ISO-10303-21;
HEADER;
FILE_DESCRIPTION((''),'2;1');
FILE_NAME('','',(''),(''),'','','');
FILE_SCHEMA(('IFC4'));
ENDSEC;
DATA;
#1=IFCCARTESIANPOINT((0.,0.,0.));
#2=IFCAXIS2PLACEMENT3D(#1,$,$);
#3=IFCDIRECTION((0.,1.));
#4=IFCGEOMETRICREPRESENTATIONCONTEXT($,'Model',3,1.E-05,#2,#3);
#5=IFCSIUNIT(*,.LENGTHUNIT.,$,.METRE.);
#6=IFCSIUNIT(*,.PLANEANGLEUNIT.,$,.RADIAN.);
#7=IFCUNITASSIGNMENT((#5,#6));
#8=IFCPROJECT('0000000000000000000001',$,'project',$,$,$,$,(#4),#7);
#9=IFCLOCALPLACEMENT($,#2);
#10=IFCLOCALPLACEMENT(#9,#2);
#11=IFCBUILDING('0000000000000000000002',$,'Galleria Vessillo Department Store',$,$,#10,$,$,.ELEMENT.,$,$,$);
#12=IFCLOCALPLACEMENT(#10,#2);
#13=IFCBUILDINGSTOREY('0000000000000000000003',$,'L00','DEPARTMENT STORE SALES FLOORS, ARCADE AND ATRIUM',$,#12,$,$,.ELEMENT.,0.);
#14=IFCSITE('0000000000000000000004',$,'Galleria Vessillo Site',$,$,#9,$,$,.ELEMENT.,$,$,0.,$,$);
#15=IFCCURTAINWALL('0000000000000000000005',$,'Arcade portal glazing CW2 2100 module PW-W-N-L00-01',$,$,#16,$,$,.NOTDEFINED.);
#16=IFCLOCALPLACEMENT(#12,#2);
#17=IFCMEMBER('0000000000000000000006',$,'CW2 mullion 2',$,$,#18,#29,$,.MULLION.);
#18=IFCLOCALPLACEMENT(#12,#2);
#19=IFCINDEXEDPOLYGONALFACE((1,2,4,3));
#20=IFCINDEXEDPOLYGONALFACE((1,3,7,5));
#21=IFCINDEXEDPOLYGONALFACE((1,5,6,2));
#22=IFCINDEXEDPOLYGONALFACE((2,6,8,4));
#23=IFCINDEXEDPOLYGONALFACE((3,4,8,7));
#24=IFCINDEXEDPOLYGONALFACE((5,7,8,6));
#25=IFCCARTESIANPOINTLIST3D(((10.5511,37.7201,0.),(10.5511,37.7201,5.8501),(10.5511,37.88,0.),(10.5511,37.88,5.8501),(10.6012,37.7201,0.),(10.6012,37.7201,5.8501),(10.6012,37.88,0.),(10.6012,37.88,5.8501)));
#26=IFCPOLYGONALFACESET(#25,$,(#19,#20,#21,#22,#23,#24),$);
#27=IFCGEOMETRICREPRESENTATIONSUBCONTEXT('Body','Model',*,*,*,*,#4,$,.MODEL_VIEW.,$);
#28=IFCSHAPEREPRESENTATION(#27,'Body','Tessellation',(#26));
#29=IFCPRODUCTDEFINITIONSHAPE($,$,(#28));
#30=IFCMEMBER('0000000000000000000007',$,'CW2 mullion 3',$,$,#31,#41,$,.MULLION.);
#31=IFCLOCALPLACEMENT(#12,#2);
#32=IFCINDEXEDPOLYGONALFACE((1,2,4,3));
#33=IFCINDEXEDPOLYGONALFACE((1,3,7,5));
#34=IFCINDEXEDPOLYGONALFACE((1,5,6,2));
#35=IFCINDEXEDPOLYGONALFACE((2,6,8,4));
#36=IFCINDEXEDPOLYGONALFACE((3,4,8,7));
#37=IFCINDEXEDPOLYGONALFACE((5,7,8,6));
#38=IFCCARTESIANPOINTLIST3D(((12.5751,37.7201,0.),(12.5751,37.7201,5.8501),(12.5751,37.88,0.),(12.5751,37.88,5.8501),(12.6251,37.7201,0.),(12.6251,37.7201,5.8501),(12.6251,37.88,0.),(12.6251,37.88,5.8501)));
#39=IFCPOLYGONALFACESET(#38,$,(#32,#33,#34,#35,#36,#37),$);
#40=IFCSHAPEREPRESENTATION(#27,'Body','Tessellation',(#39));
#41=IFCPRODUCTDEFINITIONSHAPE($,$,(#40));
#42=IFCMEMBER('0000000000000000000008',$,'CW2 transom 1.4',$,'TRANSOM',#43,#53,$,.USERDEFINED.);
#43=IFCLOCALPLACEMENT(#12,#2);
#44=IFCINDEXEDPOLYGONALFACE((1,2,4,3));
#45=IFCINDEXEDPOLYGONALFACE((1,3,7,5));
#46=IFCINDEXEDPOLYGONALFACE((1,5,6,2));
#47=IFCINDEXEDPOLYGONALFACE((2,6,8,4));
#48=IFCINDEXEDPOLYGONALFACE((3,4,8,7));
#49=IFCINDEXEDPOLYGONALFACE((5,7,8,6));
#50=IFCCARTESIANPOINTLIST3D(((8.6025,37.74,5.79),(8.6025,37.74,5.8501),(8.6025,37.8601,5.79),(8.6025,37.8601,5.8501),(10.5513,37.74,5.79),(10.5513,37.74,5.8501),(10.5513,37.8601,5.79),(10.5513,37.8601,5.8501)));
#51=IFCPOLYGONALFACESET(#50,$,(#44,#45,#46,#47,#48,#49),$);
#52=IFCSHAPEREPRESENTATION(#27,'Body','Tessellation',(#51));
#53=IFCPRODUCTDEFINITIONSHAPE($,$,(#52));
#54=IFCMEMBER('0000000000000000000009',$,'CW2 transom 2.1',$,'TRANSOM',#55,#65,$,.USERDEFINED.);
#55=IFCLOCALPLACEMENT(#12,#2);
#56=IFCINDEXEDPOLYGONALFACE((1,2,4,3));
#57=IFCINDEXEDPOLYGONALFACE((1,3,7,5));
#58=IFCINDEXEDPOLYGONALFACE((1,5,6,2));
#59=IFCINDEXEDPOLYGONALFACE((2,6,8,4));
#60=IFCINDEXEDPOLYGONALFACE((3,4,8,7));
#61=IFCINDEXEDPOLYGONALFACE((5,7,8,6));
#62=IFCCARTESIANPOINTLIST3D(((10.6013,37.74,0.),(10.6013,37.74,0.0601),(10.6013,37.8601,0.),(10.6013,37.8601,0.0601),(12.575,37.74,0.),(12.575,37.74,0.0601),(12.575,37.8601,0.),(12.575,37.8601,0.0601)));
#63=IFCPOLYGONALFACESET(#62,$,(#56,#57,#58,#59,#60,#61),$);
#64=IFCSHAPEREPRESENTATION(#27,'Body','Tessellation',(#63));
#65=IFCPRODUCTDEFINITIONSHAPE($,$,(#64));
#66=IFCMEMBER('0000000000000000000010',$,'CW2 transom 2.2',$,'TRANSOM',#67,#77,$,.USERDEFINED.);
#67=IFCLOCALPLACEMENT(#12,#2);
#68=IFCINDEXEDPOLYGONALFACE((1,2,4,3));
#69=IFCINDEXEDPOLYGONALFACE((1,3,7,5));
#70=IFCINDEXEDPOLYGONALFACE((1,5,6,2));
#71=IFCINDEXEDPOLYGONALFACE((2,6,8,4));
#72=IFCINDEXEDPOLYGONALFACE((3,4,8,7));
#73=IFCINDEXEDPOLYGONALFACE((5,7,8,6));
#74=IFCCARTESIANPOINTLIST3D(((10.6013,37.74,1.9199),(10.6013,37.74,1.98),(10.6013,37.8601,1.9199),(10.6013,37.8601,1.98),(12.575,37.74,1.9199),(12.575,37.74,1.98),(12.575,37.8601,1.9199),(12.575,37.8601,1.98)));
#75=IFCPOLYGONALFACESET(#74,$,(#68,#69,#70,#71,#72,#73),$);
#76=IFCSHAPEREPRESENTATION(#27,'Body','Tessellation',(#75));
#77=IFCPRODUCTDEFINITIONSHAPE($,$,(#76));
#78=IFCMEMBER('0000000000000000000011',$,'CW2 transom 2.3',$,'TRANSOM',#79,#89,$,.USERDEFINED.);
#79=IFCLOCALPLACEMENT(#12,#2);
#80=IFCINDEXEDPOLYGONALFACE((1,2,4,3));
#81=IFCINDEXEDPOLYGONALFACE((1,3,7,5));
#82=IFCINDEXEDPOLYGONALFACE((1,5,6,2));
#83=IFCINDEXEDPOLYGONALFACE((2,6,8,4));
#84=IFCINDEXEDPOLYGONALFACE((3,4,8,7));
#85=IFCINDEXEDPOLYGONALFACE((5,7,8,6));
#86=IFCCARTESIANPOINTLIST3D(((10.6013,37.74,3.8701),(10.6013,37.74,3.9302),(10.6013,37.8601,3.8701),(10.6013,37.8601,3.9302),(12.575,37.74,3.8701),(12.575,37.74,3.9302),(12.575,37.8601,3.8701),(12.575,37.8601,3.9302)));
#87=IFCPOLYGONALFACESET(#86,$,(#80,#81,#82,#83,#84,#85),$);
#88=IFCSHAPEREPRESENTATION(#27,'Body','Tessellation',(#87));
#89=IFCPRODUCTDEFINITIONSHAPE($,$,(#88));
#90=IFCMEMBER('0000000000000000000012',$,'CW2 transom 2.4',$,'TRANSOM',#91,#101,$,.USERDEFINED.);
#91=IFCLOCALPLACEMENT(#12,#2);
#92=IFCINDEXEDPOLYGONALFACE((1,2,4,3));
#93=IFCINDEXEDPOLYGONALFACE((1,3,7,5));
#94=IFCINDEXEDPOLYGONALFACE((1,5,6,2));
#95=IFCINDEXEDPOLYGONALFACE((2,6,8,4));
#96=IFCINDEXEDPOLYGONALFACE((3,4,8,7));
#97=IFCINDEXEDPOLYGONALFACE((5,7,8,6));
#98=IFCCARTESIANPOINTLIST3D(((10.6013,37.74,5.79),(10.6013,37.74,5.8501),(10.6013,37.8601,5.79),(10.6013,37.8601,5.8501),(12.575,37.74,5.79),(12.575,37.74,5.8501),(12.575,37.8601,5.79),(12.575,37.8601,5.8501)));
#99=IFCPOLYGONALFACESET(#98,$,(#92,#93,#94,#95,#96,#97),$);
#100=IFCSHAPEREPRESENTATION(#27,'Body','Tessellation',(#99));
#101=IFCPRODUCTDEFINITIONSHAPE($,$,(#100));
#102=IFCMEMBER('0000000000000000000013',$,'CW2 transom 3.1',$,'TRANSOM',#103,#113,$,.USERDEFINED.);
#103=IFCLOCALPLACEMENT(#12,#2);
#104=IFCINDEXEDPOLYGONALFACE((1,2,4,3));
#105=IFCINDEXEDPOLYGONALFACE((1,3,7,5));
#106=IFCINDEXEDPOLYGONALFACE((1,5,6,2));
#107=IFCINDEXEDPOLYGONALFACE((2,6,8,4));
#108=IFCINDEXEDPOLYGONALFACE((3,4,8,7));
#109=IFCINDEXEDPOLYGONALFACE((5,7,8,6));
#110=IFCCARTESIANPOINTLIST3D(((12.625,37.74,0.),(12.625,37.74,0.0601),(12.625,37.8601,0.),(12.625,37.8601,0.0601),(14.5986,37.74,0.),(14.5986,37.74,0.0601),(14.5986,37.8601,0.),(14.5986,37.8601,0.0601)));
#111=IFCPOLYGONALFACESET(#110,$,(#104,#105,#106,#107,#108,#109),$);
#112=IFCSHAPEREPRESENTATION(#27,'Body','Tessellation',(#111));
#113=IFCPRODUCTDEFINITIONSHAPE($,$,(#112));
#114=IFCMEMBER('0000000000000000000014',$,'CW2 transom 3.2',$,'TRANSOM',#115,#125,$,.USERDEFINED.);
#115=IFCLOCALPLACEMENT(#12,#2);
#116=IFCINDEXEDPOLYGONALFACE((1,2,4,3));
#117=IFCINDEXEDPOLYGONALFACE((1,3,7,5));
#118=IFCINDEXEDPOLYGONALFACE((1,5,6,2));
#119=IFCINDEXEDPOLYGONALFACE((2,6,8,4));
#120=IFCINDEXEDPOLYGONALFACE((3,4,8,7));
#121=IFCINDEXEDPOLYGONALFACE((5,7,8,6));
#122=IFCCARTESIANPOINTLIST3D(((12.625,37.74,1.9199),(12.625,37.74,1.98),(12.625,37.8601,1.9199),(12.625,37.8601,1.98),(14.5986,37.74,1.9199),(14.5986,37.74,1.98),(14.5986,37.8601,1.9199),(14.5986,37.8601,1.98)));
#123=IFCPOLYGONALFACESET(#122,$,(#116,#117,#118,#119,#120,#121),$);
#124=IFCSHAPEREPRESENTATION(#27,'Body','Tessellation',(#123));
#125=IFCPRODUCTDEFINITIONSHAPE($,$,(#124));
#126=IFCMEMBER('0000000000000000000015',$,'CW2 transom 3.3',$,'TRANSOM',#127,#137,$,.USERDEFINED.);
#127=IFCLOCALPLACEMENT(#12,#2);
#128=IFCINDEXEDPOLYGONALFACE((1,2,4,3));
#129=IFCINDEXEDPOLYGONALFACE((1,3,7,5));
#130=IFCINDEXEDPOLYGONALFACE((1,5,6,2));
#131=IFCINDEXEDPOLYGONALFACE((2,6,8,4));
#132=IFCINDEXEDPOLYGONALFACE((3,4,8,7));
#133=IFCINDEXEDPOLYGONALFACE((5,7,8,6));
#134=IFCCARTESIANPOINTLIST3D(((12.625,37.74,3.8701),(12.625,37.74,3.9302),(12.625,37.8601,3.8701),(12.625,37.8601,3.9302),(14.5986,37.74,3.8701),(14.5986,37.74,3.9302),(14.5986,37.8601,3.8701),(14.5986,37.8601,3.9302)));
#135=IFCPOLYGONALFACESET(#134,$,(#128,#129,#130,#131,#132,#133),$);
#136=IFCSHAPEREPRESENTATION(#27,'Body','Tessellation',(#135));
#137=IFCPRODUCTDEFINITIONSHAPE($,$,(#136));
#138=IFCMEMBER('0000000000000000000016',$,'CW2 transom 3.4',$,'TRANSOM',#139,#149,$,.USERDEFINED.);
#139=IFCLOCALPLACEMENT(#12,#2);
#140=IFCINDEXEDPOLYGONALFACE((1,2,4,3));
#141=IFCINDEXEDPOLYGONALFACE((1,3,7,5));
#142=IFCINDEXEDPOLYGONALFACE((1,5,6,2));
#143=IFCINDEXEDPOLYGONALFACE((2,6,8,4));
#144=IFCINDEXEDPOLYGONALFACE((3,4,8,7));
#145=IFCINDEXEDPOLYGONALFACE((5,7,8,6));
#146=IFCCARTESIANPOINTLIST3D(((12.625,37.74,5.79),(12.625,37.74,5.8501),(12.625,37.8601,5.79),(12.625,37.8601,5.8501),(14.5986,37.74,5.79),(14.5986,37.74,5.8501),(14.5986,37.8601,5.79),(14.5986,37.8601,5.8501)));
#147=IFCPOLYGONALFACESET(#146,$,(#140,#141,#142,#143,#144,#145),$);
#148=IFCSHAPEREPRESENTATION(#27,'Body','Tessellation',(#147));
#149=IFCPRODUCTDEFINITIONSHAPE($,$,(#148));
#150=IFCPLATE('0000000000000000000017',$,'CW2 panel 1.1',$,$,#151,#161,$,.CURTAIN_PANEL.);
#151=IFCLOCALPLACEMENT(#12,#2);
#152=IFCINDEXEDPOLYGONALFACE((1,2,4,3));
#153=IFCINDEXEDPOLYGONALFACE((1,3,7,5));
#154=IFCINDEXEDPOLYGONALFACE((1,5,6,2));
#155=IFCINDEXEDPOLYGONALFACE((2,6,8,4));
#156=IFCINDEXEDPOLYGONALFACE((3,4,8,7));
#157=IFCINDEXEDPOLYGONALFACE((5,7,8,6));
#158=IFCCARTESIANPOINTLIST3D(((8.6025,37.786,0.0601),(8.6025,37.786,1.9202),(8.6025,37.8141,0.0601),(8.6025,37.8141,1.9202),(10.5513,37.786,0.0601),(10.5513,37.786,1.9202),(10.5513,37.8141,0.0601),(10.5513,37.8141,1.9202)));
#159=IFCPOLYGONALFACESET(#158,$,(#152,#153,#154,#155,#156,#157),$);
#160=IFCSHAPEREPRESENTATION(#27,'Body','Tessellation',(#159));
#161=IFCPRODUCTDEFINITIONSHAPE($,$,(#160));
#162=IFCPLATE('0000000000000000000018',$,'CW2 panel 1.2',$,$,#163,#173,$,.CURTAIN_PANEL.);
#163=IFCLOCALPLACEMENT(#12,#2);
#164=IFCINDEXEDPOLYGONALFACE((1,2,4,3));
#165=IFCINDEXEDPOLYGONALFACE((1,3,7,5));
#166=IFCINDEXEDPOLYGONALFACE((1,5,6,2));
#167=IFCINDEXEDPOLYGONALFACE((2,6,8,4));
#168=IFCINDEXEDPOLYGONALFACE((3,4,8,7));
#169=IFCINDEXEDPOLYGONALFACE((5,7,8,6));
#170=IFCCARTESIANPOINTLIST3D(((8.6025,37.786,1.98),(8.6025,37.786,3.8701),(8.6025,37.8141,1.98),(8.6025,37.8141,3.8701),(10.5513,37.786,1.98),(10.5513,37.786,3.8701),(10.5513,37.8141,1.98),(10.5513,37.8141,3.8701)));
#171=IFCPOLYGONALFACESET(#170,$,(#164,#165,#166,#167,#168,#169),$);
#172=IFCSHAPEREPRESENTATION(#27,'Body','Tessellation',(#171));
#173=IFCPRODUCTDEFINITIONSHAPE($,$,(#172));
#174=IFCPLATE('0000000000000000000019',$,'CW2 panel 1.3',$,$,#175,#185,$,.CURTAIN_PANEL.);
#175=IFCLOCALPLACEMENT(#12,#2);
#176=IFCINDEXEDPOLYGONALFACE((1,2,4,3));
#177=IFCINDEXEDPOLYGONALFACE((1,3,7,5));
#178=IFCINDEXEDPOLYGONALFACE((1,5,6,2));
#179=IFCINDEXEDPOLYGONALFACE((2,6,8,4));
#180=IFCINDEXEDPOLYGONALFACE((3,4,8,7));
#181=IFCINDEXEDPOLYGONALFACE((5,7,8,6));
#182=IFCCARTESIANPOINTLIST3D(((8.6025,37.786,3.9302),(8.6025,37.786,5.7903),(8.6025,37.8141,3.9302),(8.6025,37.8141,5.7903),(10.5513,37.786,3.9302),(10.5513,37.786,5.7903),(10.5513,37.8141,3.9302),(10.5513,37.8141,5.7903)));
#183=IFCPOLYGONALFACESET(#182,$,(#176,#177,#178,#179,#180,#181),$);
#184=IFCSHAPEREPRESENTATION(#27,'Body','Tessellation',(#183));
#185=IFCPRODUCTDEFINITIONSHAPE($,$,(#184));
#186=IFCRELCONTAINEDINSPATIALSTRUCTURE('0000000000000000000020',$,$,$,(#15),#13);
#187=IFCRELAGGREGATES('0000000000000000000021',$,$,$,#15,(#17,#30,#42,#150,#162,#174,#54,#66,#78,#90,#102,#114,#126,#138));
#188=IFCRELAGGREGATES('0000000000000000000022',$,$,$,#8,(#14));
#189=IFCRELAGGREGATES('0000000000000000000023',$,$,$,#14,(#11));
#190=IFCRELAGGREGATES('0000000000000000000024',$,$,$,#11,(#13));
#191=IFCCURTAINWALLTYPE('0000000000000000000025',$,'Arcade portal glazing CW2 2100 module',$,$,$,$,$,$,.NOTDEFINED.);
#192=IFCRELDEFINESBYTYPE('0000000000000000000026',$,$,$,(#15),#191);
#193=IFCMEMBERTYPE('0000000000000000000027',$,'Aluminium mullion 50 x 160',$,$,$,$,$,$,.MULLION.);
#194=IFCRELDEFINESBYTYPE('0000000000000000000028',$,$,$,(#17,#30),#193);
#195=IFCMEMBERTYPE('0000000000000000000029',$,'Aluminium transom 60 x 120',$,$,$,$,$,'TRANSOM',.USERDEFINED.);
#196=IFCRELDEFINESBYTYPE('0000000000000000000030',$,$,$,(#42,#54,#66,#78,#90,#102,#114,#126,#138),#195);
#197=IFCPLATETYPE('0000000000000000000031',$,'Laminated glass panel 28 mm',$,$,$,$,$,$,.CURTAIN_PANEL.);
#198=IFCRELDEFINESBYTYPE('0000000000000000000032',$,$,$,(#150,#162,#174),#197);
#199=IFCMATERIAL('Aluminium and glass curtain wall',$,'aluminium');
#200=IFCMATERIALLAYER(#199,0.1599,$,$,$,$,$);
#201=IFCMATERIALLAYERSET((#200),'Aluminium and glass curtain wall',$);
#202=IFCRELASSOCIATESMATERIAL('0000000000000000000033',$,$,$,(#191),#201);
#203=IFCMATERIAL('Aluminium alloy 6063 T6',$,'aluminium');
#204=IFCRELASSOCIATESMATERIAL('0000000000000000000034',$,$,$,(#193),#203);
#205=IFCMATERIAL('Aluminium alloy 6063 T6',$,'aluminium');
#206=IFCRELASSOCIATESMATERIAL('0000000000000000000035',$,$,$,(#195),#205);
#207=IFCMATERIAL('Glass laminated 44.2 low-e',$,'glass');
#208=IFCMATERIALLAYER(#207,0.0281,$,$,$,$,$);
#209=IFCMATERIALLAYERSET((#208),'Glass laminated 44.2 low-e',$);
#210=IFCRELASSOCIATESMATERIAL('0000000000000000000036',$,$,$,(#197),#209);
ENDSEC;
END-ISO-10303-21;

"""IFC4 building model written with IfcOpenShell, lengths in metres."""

from ifc_helpers import new_model, si_unit, direction, frame, origin, origin_2d, place, context, subcontext, project, spatial, rectangle, extrude, material, layer, layer_set, material_profile, profile_set, type_object, element, aggregate, save


model = new_model("IFC4")

# Units and contexts
model_context = context("Model", 3, precision=1e-05, world=origin(), true_north=direction((0.0, 1.0)))
body_context = subcontext(model_context, "Body", "Model", "MODEL_VIEW")
ifc_project = project(units=[si_unit("LENGTHUNIT", "METRE"), si_unit("PLANEANGLEUNIT", "RADIAN")], contexts=[model_context])

# Site, building, storey
site_placement = place(None, origin())
site = spatial("IfcSite", under=ifc_project, at=site_placement, Name="Galleria Vessillo Site", CompositionType="ELEMENT", RefElevation=0.0)
building_placement = place(site_placement, origin())
building = spatial("IfcBuilding", under=site, at=building_placement, Name="Galleria Vessillo Department Store", CompositionType="ELEMENT")
storey_placement = place(building_placement, origin())
storey = spatial("IfcBuildingStorey", under=building, at=storey_placement, Name="L00", Description="DEPARTMENT STORE SALES FLOORS, ARCADE AND ATRIUM", CompositionType="ELEMENT", Elevation=0.0)

# Curtain wall, members, plates
ifc_material_1 = material(Name="Aluminium and glass curtain wall", Category="aluminium")
ifc_layer_1 = layer(ifc_material_1, 0.1599)
ifc_layer_set_1 = layer_set([ifc_layer_1], Name="Aluminium and glass curtain wall")
curtain_wall_type = type_object("IfcCurtainWallType", Name="Arcade portal glazing CW2 2100 module", PredefinedType="NOTDEFINED", material=ifc_layer_set_1)
curtain_wall_placement = place(storey_placement, origin())
curtain_wall = element("IfcCurtainWall", 1, at=curtain_wall_placement, inside=storey, type_object=curtain_wall_type, Name="Arcade portal glazing CW2 2100 module PW-W-N-L00-01", PredefinedType="NOTDEFINED")
ifc_material_2 = material(Name="Aluminium alloy 6063 T6", Category="aluminium")
ifc_material_profile_1 = material_profile(ifc_material_2, rectangle(XDim=0.1599, YDim=0.05, at=origin_2d()), Name="AL 50x160")
ifc_profile_set_1 = profile_set([ifc_material_profile_1], Name="Aluminium alloy 6063 T6")
member_type_1 = type_object("IfcMemberType", Name="Aluminium mullion 50 x 160", PredefinedType="MULLION", material=ifc_profile_set_1)
member_1_placement = place(storey_placement, frame((10.5762, 37.8, 0.0), z_axis=(0.0, 0.0, 1.0), x_axis=(0.0, 1.0, 0.0)))
member_1 = element("IfcMember", 2, at=member_1_placement, type_object=member_type_1, Name="CW2 mullion 2", PredefinedType="MULLION", context=body_context, shape_type="SweptSolid", body=[
    extrude(rectangle(XDim=0.1599, YDim=0.05, at=origin_2d()), origin(), (0.0, 0.0, 1.0), 5.8501),
])
member_2_placement = place(storey_placement, frame((12.6001, 37.8, 0.0), z_axis=(0.0, 0.0, 1.0), x_axis=(0.0, 1.0, 0.0)))
member_2 = element("IfcMember", 3, at=member_2_placement, type_object=member_type_1, Name="CW2 mullion 3", PredefinedType="MULLION", context=body_context, shape_type="SweptSolid", body=[
    extrude(rectangle(XDim=0.1599, YDim=0.05, at=origin_2d()), origin(), (0.0, 0.0, 1.0), 5.8501),
])
ifc_material_3 = material(Name="Aluminium alloy 6063 T6", Category="aluminium")
ifc_material_profile_2 = material_profile(ifc_material_3, rectangle(XDim=0.1201, YDim=0.0601, at=origin_2d()), Name="AL 60x120")
ifc_profile_set_2 = profile_set([ifc_material_profile_2], Name="Aluminium alloy 6063 T6")
member_type_2 = type_object("IfcMemberType", Name="Aluminium transom 60 x 120", ElementType="TRANSOM", PredefinedType="USERDEFINED", material=ifc_profile_set_2)
member_3_placement = place(storey_placement, frame((8.6025, 37.8, 5.8201), z_axis=(1.0, 0.0, 0.0), x_axis=(0.0, 1.0, 0.0)))
member_3 = element("IfcMember", 4, at=member_3_placement, type_object=member_type_2, Name="CW2 transom 1.4", ObjectType="TRANSOM", PredefinedType="USERDEFINED", context=body_context, shape_type="SweptSolid", body=[
    extrude(rectangle(XDim=0.1201, YDim=0.0601, at=origin_2d()), origin(), (0.0, 0.0, 1.0), 1.9487),
])
member_4_placement = place(storey_placement, frame((10.6013, 37.8, 0.03), z_axis=(1.0, 0.0, 0.0), x_axis=(0.0, 1.0, 0.0)))
member_4 = element("IfcMember", 5, at=member_4_placement, type_object=member_type_2, Name="CW2 transom 2.1", ObjectType="TRANSOM", PredefinedType="USERDEFINED", context=body_context, shape_type="SweptSolid", body=[
    extrude(rectangle(XDim=0.1201, YDim=0.0601, at=origin_2d()), origin(), (0.0, 0.0, 1.0), 1.9736),
])
member_5_placement = place(storey_placement, frame((10.6013, 37.8, 1.95), z_axis=(1.0, 0.0, 0.0), x_axis=(0.0, 1.0, 0.0)))
member_5 = element("IfcMember", 6, at=member_5_placement, type_object=member_type_2, Name="CW2 transom 2.2", ObjectType="TRANSOM", PredefinedType="USERDEFINED", context=body_context, shape_type="SweptSolid", body=[
    extrude(rectangle(XDim=0.1201, YDim=0.0601, at=origin_2d()), origin(), (0.0, 0.0, 1.0), 1.9736),
])
member_6_placement = place(storey_placement, frame((10.6013, 37.8, 3.9001), z_axis=(1.0, 0.0, 0.0), x_axis=(0.0, 1.0, 0.0)))
member_6 = element("IfcMember", 7, at=member_6_placement, type_object=member_type_2, Name="CW2 transom 2.3", ObjectType="TRANSOM", PredefinedType="USERDEFINED", context=body_context, shape_type="SweptSolid", body=[
    extrude(rectangle(XDim=0.1201, YDim=0.0601, at=origin_2d()), origin(), (0.0, 0.0, 1.0), 1.9736),
])
member_7_placement = place(storey_placement, frame((10.6013, 37.8, 5.8201), z_axis=(1.0, 0.0, 0.0), x_axis=(0.0, 1.0, 0.0)))
member_7 = element("IfcMember", 8, at=member_7_placement, type_object=member_type_2, Name="CW2 transom 2.4", ObjectType="TRANSOM", PredefinedType="USERDEFINED", context=body_context, shape_type="SweptSolid", body=[
    extrude(rectangle(XDim=0.1201, YDim=0.0601, at=origin_2d()), origin(), (0.0, 0.0, 1.0), 1.9736),
])
member_8_placement = place(storey_placement, frame((12.625, 37.8, 0.03), z_axis=(1.0, 0.0, 0.0), x_axis=(0.0, 1.0, 0.0)))
member_8 = element("IfcMember", 9, at=member_8_placement, type_object=member_type_2, Name="CW2 transom 3.1", ObjectType="TRANSOM", PredefinedType="USERDEFINED", context=body_context, shape_type="SweptSolid", body=[
    extrude(rectangle(XDim=0.1201, YDim=0.0601, at=origin_2d()), origin(), (0.0, 0.0, 1.0), 1.9736),
])
member_9_placement = place(storey_placement, frame((12.625, 37.8, 1.95), z_axis=(1.0, 0.0, 0.0), x_axis=(0.0, 1.0, 0.0)))
member_9 = element("IfcMember", 10, at=member_9_placement, type_object=member_type_2, Name="CW2 transom 3.2", ObjectType="TRANSOM", PredefinedType="USERDEFINED", context=body_context, shape_type="SweptSolid", body=[
    extrude(rectangle(XDim=0.1201, YDim=0.0601, at=origin_2d()), origin(), (0.0, 0.0, 1.0), 1.9736),
])
member_10_placement = place(storey_placement, frame((12.625, 37.8, 3.9001), z_axis=(1.0, 0.0, 0.0), x_axis=(0.0, 1.0, 0.0)))
member_10 = element("IfcMember", 11, at=member_10_placement, type_object=member_type_2, Name="CW2 transom 3.3", ObjectType="TRANSOM", PredefinedType="USERDEFINED", context=body_context, shape_type="SweptSolid", body=[
    extrude(rectangle(XDim=0.1201, YDim=0.0601, at=origin_2d()), origin(), (0.0, 0.0, 1.0), 1.9736),
])
member_11_placement = place(storey_placement, frame((12.625, 37.8, 5.8201), z_axis=(1.0, 0.0, 0.0), x_axis=(0.0, 1.0, 0.0)))
member_11 = element("IfcMember", 12, at=member_11_placement, type_object=member_type_2, Name="CW2 transom 3.4", ObjectType="TRANSOM", PredefinedType="USERDEFINED", context=body_context, shape_type="SweptSolid", body=[
    extrude(rectangle(XDim=0.1201, YDim=0.0601, at=origin_2d()), origin(), (0.0, 0.0, 1.0), 1.9736),
])
ifc_material_4 = material(Name="Glass laminated 44.2 low-e", Category="glass")
ifc_layer_2 = layer(ifc_material_4, 0.0281)
ifc_layer_set_2 = layer_set([ifc_layer_2], Name="Glass laminated 44.2 low-e")
plate_type = type_object("IfcPlateType", Name="Laminated glass panel 28 mm", PredefinedType="CURTAIN_PANEL", material=ifc_layer_set_2)
plate_1_placement = place(storey_placement, frame((9.5769, 37.8, 0.0601), z_axis=(0.0, 0.0, 1.0), x_axis=(1.0, 0.0, 0.0)))
plate_1 = element("IfcPlate", 13, at=plate_1_placement, type_object=plate_type, Name="CW2 panel 1.1", PredefinedType="CURTAIN_PANEL", context=body_context, shape_type="SweptSolid", body=[
    extrude(rectangle(XDim=1.9487, YDim=0.0281, at=origin_2d()), origin(), (0.0, 0.0, 1.0), 1.8601),
])
plate_2_placement = place(storey_placement, frame((9.5769, 37.8, 1.98), z_axis=(0.0, 0.0, 1.0), x_axis=(1.0, 0.0, 0.0)))
plate_2 = element("IfcPlate", 14, at=plate_2_placement, type_object=plate_type, Name="CW2 panel 1.2", PredefinedType="CURTAIN_PANEL", context=body_context, shape_type="SweptSolid", body=[
    extrude(rectangle(XDim=1.9487, YDim=0.0281, at=origin_2d()), origin(), (0.0, 0.0, 1.0), 1.8901),
])
plate_3_placement = place(storey_placement, frame((9.5769, 37.8, 3.9302), z_axis=(0.0, 0.0, 1.0), x_axis=(1.0, 0.0, 0.0)))
plate_3 = element("IfcPlate", 15, at=plate_3_placement, type_object=plate_type, Name="CW2 panel 1.3", PredefinedType="CURTAIN_PANEL", context=body_context, shape_type="SweptSolid", body=[
    extrude(rectangle(XDim=1.9487, YDim=0.0281, at=origin_2d()), origin(), (0.0, 0.0, 1.0), 1.8601),
])
aggregate(curtain_wall, [member_1, member_2, member_3, plate_1, plate_2, plate_3, member_4, member_5, member_6, member_7, member_8, member_9, member_10, member_11])

save(model, "model.ifc")
